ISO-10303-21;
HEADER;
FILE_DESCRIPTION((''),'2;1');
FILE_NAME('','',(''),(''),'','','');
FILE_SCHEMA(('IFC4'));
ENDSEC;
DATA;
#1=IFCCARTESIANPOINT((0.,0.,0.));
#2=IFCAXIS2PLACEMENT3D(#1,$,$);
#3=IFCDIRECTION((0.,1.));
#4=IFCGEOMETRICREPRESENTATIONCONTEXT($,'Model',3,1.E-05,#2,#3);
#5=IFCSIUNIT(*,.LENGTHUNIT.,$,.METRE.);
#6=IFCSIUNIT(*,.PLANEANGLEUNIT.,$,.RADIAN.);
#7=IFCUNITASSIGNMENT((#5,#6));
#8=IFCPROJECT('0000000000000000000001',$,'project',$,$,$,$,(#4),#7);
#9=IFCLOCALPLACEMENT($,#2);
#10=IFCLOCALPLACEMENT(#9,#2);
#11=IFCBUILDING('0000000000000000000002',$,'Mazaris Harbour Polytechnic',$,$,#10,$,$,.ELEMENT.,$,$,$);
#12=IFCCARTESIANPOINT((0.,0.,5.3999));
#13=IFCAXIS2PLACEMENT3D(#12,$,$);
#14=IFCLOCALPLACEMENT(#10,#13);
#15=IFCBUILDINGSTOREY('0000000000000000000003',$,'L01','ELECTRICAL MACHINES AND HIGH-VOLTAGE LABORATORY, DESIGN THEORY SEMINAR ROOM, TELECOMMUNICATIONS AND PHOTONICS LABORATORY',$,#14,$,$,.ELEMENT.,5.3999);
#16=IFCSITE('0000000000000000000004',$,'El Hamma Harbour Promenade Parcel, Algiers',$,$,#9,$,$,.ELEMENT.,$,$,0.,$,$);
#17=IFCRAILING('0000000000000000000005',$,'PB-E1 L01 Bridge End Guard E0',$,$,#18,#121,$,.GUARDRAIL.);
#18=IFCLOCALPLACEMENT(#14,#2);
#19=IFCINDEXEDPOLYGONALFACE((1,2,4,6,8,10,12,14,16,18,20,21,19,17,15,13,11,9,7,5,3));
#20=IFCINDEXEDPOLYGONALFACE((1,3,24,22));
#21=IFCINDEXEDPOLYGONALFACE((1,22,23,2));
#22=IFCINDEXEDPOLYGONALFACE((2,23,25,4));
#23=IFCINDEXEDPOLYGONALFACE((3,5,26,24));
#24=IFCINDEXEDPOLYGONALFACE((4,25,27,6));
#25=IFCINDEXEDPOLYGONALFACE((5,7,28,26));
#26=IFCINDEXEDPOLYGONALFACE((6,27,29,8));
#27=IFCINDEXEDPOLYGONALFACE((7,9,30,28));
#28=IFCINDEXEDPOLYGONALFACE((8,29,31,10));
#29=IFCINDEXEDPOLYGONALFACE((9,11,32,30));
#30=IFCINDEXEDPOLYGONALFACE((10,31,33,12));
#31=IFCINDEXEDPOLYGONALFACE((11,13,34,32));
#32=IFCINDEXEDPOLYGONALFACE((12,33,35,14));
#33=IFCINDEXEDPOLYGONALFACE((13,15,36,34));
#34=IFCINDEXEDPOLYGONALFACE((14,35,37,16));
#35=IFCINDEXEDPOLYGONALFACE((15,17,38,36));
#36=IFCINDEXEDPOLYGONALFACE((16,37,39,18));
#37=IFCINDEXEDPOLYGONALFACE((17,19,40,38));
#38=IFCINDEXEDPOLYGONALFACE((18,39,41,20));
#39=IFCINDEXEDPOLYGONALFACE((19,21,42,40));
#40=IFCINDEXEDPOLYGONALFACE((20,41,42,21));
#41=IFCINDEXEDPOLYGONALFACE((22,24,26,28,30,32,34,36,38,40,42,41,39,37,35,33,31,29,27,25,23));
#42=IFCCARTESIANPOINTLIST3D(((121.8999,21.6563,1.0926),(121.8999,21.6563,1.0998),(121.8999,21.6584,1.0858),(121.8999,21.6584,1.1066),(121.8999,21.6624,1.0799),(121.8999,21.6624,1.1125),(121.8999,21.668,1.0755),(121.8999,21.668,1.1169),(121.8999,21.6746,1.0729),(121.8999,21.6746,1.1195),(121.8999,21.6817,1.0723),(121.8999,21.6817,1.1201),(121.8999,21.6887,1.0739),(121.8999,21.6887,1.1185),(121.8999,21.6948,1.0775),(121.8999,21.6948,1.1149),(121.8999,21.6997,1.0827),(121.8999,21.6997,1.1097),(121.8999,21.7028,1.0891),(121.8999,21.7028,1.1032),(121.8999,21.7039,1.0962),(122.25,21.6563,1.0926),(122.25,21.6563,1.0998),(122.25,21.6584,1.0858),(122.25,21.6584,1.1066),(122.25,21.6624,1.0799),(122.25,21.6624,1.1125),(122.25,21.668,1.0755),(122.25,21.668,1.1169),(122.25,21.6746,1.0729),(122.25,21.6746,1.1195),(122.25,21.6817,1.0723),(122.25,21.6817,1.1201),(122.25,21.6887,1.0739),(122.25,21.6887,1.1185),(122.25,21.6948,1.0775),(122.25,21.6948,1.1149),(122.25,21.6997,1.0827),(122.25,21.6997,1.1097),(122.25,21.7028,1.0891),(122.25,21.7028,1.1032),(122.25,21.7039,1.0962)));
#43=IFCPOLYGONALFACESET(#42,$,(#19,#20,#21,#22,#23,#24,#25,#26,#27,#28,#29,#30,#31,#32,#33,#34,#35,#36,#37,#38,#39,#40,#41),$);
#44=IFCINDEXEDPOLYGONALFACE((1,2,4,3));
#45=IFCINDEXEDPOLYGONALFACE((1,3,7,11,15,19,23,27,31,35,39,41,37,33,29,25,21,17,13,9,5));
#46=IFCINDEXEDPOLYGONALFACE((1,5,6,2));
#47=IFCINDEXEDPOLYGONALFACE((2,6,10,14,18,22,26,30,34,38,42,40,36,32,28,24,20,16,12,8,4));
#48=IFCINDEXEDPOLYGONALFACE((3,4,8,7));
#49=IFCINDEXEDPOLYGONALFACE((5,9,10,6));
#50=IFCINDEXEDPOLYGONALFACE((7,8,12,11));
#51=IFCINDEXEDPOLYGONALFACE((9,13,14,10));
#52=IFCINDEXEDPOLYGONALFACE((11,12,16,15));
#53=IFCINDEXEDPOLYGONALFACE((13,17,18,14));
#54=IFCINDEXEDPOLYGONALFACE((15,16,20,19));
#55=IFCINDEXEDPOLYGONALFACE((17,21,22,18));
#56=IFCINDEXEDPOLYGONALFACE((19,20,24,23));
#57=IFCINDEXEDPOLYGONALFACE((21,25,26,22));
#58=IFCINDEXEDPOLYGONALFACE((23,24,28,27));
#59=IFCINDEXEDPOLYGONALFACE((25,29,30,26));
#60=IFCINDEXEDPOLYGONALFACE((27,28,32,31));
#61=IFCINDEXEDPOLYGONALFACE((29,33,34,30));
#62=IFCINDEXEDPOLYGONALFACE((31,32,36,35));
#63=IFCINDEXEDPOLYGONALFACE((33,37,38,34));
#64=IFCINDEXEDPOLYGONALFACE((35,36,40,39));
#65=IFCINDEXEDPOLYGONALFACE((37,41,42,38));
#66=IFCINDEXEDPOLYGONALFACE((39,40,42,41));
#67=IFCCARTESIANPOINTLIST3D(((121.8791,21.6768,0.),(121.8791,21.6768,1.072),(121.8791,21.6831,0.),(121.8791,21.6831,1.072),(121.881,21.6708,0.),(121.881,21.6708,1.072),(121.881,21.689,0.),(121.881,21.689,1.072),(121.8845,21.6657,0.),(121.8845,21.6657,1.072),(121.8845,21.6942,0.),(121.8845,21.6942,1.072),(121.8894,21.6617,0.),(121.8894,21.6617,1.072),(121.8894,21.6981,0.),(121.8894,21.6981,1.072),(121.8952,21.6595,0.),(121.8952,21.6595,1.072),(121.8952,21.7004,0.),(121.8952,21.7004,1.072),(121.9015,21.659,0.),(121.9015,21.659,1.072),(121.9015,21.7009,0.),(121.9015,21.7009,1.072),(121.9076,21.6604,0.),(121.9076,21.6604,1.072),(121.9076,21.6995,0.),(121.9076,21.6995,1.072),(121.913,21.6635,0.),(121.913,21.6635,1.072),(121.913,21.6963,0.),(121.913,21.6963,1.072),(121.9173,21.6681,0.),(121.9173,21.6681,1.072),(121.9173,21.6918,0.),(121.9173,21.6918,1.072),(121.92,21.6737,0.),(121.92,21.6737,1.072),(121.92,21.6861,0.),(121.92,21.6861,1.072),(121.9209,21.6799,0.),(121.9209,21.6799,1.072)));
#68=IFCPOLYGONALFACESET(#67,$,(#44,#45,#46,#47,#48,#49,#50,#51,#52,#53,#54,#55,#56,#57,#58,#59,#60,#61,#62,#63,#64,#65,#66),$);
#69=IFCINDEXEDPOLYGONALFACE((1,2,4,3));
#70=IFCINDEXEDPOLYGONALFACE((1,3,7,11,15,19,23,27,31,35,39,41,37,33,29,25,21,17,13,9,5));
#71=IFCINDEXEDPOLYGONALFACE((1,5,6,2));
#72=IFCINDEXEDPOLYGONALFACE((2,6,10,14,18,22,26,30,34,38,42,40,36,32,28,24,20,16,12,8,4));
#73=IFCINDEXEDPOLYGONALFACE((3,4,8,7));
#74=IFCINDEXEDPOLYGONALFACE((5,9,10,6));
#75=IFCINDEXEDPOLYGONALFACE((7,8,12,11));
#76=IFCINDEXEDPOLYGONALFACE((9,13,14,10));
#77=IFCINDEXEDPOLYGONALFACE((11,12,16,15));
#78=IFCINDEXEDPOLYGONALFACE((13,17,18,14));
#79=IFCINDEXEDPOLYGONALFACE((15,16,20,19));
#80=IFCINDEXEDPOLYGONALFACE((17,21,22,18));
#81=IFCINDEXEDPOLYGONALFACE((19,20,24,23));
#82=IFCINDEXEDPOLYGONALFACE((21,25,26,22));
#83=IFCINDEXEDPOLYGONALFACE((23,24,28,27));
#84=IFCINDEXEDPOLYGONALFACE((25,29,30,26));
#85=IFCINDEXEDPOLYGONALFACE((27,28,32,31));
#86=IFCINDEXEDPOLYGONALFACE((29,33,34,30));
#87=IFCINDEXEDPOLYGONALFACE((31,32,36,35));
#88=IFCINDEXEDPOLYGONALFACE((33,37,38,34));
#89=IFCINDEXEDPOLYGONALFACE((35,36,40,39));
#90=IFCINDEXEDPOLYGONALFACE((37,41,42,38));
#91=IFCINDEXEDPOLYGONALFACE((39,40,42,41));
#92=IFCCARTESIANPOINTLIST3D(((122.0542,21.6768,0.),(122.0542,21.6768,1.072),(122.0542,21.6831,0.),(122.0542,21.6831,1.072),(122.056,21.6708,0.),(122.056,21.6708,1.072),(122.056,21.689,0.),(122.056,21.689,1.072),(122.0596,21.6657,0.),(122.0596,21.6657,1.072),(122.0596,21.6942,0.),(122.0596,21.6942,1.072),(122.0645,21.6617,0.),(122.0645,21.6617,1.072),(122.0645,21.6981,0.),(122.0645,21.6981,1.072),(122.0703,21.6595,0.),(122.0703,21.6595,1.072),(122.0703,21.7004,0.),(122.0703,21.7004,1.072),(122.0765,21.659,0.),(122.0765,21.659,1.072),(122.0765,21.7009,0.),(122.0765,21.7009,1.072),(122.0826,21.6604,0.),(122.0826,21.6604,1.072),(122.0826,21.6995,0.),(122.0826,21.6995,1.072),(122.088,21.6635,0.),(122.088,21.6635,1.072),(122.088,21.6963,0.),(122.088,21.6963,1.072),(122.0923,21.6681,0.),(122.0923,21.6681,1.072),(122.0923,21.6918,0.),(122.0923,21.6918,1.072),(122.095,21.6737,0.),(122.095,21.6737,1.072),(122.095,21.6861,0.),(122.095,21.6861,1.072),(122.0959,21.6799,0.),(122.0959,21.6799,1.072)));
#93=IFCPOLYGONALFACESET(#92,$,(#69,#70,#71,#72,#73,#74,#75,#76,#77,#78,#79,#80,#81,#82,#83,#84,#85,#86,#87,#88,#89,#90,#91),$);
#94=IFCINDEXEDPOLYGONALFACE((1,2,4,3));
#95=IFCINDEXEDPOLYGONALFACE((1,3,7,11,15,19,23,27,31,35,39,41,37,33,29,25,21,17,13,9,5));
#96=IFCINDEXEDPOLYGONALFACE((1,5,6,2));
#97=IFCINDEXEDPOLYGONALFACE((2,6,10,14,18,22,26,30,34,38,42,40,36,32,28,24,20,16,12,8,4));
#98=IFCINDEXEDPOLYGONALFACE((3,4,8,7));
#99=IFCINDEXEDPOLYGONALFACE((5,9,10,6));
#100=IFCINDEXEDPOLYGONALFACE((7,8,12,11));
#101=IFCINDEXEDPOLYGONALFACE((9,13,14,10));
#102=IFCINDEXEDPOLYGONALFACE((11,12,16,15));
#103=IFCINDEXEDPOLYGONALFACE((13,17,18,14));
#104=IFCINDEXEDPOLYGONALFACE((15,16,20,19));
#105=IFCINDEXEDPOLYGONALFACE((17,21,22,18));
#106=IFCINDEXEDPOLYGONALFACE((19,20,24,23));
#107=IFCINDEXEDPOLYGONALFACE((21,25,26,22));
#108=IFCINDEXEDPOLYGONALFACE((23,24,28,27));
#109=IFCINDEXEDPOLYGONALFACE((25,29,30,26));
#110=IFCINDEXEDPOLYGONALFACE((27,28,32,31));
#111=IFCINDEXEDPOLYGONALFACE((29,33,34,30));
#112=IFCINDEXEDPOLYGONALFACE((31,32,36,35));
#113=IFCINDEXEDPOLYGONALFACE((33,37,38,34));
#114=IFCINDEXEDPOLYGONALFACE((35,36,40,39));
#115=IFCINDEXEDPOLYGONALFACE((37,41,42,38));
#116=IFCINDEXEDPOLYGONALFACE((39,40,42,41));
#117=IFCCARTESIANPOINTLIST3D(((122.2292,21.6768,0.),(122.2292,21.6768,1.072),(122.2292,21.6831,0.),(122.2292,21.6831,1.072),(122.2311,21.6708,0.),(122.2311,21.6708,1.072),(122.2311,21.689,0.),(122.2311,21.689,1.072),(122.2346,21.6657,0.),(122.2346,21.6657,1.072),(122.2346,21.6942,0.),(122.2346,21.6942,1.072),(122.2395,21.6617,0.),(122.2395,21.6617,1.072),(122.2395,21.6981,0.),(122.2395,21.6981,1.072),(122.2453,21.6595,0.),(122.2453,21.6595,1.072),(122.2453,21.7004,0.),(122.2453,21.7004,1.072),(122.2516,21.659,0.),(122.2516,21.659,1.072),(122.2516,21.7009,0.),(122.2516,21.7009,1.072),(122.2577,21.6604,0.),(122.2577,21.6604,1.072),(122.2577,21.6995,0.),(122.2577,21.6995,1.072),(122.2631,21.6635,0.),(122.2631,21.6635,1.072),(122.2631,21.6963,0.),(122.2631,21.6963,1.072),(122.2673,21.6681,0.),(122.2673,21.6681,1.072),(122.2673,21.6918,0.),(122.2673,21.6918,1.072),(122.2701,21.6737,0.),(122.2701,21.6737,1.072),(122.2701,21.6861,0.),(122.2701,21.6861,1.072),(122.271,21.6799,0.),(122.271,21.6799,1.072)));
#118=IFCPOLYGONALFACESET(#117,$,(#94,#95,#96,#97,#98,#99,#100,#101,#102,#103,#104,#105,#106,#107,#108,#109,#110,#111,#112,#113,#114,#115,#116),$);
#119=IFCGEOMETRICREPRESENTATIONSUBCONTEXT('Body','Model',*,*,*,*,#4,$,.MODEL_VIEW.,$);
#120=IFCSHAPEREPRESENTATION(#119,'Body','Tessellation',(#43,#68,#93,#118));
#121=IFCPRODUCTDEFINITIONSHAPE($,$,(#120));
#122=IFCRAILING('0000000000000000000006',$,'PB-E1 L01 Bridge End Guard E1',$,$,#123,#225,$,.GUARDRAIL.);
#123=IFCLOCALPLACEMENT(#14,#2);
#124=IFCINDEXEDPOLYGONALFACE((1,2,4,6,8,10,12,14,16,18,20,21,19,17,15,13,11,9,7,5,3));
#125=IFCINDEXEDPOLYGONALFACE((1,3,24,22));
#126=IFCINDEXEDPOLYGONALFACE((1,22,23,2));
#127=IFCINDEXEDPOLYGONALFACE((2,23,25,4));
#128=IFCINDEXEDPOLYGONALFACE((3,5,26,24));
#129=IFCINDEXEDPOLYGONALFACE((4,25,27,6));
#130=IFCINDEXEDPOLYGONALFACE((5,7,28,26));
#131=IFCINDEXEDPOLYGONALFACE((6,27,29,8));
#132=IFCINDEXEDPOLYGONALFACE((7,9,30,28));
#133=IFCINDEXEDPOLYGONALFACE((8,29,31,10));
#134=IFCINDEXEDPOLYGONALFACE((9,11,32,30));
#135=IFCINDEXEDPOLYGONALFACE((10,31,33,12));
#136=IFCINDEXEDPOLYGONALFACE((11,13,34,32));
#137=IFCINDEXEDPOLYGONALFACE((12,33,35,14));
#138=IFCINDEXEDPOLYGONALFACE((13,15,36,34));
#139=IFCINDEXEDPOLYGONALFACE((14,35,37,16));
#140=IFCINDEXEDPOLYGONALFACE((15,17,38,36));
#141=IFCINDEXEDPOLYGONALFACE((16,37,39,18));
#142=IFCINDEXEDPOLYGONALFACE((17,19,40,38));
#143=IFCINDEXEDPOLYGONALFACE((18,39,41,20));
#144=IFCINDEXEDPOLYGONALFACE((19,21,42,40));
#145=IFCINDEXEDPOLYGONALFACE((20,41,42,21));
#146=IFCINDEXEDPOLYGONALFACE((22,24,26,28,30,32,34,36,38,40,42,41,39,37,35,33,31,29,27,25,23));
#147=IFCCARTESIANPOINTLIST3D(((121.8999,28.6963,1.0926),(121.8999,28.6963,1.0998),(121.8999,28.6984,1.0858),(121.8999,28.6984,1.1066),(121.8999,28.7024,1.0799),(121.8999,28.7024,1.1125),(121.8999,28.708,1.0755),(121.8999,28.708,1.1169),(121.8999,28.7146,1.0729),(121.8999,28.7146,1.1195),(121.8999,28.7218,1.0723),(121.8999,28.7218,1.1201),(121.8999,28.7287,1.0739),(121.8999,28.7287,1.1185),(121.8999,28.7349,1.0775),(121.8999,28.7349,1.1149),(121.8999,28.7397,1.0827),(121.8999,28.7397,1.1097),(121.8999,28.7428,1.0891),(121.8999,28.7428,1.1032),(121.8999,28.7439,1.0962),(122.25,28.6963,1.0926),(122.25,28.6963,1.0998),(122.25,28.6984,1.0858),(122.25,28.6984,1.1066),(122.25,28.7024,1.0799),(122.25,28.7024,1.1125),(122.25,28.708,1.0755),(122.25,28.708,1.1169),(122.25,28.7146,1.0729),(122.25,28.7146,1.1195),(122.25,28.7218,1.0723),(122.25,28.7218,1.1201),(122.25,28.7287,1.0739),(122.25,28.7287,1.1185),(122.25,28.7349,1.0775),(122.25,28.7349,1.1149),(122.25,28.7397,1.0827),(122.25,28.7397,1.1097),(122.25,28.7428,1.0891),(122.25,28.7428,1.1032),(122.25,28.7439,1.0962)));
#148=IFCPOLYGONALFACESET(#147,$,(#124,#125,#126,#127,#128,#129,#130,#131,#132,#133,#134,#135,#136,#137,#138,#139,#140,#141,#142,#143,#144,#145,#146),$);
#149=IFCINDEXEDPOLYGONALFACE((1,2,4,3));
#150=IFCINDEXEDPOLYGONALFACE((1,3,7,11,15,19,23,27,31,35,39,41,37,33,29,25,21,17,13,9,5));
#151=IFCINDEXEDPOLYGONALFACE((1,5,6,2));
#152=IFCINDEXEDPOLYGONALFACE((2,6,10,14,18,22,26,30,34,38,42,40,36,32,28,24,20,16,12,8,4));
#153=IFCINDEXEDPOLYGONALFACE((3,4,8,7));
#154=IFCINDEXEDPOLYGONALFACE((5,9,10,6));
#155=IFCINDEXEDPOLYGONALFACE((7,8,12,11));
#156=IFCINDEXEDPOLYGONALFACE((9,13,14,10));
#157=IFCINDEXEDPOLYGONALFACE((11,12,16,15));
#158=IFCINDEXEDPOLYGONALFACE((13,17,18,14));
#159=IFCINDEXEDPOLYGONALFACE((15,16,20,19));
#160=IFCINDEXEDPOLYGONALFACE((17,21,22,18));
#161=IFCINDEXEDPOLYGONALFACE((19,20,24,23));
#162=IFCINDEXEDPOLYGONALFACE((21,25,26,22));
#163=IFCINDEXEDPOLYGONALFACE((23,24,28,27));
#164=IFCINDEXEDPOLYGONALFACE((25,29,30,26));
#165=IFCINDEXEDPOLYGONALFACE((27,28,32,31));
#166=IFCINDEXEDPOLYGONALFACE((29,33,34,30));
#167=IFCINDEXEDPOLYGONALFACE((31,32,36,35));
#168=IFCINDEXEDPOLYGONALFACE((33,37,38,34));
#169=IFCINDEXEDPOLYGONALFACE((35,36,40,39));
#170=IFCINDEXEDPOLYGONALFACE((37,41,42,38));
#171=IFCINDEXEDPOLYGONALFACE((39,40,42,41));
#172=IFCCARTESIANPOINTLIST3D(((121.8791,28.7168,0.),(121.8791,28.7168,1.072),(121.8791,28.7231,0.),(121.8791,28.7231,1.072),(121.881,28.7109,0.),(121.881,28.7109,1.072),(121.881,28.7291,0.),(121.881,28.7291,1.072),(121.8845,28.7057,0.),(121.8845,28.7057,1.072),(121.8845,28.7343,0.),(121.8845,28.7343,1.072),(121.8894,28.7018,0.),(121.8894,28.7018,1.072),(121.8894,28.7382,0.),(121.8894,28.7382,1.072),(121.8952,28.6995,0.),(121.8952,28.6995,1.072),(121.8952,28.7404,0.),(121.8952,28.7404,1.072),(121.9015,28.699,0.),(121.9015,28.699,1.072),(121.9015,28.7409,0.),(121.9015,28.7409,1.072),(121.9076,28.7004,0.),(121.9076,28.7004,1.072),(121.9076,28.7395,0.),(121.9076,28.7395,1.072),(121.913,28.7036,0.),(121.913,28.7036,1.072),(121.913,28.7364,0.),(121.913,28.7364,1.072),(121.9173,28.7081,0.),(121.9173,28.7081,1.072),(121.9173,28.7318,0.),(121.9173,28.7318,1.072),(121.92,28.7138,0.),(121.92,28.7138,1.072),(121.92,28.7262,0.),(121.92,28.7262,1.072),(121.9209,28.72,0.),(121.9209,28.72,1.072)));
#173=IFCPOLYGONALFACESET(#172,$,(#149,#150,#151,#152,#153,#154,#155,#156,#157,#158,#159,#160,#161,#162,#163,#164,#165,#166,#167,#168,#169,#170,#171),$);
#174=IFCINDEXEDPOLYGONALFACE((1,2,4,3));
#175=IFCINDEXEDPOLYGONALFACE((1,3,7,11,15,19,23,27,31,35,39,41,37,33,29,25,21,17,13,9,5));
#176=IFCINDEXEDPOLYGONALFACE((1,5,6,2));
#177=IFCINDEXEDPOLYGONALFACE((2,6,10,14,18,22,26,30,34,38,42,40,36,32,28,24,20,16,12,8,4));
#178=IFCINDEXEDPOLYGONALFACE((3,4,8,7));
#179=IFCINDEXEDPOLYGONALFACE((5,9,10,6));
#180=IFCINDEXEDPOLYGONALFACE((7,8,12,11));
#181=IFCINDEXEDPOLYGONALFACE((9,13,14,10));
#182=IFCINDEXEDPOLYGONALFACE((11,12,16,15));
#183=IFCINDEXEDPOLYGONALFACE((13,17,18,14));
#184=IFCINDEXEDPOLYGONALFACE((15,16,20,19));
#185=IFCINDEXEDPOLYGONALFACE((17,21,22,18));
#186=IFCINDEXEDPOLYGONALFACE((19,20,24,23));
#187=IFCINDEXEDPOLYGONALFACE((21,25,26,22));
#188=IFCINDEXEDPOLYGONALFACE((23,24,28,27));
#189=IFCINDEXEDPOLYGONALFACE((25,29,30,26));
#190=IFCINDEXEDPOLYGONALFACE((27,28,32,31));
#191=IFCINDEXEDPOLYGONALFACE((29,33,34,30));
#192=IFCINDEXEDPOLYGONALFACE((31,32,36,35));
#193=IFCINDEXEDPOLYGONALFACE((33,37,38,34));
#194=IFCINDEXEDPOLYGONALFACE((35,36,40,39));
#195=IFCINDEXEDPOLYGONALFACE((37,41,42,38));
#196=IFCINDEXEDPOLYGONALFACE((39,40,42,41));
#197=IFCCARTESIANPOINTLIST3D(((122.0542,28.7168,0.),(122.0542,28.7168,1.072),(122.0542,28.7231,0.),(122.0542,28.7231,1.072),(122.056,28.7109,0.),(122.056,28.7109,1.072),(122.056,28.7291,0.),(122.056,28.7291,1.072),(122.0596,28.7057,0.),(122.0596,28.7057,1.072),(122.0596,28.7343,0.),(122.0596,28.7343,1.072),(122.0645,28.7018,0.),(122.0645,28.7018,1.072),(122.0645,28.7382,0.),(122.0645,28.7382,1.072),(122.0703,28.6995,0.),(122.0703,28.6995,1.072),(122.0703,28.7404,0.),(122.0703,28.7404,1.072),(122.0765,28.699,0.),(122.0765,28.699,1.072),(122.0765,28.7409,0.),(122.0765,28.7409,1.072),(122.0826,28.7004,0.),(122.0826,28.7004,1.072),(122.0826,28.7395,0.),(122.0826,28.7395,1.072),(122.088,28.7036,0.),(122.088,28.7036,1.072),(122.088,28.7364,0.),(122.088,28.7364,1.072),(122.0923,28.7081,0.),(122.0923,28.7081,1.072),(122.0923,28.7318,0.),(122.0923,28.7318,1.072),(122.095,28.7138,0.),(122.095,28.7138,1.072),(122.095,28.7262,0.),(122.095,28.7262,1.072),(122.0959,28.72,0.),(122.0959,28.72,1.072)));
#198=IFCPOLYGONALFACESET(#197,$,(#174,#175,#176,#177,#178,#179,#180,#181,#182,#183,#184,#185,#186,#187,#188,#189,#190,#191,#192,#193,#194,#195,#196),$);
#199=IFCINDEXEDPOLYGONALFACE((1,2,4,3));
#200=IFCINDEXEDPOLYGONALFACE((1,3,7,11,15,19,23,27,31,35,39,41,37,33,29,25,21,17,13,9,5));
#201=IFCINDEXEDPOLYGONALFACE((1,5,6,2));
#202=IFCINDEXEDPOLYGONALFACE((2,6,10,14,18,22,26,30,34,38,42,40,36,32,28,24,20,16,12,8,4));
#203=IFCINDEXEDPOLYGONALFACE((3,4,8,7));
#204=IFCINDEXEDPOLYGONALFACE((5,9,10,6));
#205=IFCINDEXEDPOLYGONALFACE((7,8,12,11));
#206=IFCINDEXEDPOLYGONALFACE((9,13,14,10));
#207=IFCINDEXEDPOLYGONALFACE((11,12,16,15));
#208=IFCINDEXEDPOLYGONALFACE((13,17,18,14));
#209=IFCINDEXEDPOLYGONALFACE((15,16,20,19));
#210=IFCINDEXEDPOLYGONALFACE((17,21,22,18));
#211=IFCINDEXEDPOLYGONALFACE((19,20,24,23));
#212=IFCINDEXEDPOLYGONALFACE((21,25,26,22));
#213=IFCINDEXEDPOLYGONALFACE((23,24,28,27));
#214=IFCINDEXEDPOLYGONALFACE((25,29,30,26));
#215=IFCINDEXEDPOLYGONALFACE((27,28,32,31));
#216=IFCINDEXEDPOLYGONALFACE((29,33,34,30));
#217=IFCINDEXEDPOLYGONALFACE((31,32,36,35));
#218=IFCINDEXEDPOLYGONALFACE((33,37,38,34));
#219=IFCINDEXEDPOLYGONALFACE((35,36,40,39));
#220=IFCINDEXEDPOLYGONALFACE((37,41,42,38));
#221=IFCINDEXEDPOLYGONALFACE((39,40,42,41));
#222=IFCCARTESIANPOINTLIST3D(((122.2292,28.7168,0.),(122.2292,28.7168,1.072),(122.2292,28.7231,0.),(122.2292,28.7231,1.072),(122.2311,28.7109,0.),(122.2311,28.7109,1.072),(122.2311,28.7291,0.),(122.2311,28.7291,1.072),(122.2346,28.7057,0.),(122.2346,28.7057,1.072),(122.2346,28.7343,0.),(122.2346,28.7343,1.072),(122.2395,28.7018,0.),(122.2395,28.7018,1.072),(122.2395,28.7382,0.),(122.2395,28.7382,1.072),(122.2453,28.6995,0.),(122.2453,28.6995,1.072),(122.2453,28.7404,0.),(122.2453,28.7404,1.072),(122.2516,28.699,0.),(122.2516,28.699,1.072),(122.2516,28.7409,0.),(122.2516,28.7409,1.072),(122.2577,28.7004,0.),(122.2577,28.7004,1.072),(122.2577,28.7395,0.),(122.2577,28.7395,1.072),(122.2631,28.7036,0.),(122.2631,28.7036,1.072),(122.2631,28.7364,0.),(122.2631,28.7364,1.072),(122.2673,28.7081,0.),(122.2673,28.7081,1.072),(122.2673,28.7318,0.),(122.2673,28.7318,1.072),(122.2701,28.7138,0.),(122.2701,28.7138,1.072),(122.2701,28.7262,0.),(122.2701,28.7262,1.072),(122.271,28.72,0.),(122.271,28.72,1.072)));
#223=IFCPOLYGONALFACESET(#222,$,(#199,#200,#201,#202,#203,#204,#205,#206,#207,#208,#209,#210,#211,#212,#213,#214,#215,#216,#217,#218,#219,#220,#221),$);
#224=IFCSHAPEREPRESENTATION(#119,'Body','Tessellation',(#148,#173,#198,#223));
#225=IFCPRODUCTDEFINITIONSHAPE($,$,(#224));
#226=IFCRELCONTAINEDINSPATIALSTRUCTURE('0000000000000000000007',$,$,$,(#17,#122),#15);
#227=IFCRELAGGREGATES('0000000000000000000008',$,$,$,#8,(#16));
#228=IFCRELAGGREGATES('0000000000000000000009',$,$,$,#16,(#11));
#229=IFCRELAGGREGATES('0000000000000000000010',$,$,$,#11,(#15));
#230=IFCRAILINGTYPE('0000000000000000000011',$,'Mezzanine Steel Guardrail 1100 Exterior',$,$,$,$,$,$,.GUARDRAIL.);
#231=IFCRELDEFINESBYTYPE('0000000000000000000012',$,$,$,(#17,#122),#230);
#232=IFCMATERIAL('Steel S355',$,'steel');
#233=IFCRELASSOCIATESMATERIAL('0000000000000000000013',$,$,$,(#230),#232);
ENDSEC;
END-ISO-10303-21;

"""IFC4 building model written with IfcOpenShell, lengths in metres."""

from ifc_helpers import new_model, si_unit, direction, frame, origin, origin_2d, place, context, subcontext, project, spatial, circle, extrude, material, type_object, element, save


model = new_model("IFC4")

# Units and contexts
model_context = context("Model", 3, precision=1e-05, world=origin(), true_north=direction((0.0, 1.0)))
body_context = subcontext(model_context, "Body", "Model", "MODEL_VIEW")
ifc_project = project(units=[si_unit("LENGTHUNIT", "METRE"), si_unit("PLANEANGLEUNIT", "RADIAN")], contexts=[model_context])

# Site, building, storey
site_placement = place(None, origin())
site = spatial("IfcSite", under=ifc_project, at=site_placement, Name="El Hamma Harbour Promenade Parcel, Algiers", CompositionType="ELEMENT", RefElevation=0.0)
building_placement = place(site_placement, origin())
building = spatial("IfcBuilding", under=site, at=building_placement, Name="Mazaris Harbour Polytechnic", CompositionType="ELEMENT")
storey_placement = place(building_placement, frame((0.0, 0.0, 5.3999)))
storey = spatial("IfcBuildingStorey", under=building, at=storey_placement, Name="L01", Description="ELECTRICAL MACHINES AND HIGH-VOLTAGE LABORATORY, DESIGN THEORY SEMINAR ROOM, TELECOMMUNICATIONS AND PHOTONICS LABORATORY", CompositionType="ELEMENT", Elevation=5.3999)

# Railings
ifc_material_1 = material(Name="Steel S355", Category="steel")
railing_type_1 = type_object("IfcRailingType", Name="Mezzanine Steel Guardrail 1100 Exterior", PredefinedType="GUARDRAIL", material=ifc_material_1)
for number, where, name in (
    (1, (121.8999, 21.6799, 0.0), "PB-E1 L01 Bridge End Guard E0"),
    (2, (121.8999, 28.72, 0.0), "PB-E1 L01 Bridge End Guard E1"),
):
    element("IfcRailing", number, at=place(storey_placement, frame(where)), inside=storey, type_object=railing_type_1, Name=name, PredefinedType="GUARDRAIL", context=body_context, shape_type="SweptSolid", body=[
        extrude(circle(Radius=0.0239, at=origin_2d()), frame((0.0, 0.0, 1.0962), z_axis=(1.0, 0.0, 0.0), x_axis=(0.0, 1.0, 0.0)), (0.0, 0.0, 1.0), 0.3501),
        extrude(circle(Radius=0.021, at=origin_2d()), origin(), (0.0, 0.0, 1.0), 1.072),
        extrude(circle(Radius=0.021, at=origin_2d()), frame((0.175, 0.0, 0.0)), (0.0, 0.0, 1.0), 1.072),
        extrude(circle(Radius=0.021, at=origin_2d()), frame((0.3501, 0.0, 0.0)), (0.0, 0.0, 1.0), 1.072),
    ])

save(model, "model.ifc")
